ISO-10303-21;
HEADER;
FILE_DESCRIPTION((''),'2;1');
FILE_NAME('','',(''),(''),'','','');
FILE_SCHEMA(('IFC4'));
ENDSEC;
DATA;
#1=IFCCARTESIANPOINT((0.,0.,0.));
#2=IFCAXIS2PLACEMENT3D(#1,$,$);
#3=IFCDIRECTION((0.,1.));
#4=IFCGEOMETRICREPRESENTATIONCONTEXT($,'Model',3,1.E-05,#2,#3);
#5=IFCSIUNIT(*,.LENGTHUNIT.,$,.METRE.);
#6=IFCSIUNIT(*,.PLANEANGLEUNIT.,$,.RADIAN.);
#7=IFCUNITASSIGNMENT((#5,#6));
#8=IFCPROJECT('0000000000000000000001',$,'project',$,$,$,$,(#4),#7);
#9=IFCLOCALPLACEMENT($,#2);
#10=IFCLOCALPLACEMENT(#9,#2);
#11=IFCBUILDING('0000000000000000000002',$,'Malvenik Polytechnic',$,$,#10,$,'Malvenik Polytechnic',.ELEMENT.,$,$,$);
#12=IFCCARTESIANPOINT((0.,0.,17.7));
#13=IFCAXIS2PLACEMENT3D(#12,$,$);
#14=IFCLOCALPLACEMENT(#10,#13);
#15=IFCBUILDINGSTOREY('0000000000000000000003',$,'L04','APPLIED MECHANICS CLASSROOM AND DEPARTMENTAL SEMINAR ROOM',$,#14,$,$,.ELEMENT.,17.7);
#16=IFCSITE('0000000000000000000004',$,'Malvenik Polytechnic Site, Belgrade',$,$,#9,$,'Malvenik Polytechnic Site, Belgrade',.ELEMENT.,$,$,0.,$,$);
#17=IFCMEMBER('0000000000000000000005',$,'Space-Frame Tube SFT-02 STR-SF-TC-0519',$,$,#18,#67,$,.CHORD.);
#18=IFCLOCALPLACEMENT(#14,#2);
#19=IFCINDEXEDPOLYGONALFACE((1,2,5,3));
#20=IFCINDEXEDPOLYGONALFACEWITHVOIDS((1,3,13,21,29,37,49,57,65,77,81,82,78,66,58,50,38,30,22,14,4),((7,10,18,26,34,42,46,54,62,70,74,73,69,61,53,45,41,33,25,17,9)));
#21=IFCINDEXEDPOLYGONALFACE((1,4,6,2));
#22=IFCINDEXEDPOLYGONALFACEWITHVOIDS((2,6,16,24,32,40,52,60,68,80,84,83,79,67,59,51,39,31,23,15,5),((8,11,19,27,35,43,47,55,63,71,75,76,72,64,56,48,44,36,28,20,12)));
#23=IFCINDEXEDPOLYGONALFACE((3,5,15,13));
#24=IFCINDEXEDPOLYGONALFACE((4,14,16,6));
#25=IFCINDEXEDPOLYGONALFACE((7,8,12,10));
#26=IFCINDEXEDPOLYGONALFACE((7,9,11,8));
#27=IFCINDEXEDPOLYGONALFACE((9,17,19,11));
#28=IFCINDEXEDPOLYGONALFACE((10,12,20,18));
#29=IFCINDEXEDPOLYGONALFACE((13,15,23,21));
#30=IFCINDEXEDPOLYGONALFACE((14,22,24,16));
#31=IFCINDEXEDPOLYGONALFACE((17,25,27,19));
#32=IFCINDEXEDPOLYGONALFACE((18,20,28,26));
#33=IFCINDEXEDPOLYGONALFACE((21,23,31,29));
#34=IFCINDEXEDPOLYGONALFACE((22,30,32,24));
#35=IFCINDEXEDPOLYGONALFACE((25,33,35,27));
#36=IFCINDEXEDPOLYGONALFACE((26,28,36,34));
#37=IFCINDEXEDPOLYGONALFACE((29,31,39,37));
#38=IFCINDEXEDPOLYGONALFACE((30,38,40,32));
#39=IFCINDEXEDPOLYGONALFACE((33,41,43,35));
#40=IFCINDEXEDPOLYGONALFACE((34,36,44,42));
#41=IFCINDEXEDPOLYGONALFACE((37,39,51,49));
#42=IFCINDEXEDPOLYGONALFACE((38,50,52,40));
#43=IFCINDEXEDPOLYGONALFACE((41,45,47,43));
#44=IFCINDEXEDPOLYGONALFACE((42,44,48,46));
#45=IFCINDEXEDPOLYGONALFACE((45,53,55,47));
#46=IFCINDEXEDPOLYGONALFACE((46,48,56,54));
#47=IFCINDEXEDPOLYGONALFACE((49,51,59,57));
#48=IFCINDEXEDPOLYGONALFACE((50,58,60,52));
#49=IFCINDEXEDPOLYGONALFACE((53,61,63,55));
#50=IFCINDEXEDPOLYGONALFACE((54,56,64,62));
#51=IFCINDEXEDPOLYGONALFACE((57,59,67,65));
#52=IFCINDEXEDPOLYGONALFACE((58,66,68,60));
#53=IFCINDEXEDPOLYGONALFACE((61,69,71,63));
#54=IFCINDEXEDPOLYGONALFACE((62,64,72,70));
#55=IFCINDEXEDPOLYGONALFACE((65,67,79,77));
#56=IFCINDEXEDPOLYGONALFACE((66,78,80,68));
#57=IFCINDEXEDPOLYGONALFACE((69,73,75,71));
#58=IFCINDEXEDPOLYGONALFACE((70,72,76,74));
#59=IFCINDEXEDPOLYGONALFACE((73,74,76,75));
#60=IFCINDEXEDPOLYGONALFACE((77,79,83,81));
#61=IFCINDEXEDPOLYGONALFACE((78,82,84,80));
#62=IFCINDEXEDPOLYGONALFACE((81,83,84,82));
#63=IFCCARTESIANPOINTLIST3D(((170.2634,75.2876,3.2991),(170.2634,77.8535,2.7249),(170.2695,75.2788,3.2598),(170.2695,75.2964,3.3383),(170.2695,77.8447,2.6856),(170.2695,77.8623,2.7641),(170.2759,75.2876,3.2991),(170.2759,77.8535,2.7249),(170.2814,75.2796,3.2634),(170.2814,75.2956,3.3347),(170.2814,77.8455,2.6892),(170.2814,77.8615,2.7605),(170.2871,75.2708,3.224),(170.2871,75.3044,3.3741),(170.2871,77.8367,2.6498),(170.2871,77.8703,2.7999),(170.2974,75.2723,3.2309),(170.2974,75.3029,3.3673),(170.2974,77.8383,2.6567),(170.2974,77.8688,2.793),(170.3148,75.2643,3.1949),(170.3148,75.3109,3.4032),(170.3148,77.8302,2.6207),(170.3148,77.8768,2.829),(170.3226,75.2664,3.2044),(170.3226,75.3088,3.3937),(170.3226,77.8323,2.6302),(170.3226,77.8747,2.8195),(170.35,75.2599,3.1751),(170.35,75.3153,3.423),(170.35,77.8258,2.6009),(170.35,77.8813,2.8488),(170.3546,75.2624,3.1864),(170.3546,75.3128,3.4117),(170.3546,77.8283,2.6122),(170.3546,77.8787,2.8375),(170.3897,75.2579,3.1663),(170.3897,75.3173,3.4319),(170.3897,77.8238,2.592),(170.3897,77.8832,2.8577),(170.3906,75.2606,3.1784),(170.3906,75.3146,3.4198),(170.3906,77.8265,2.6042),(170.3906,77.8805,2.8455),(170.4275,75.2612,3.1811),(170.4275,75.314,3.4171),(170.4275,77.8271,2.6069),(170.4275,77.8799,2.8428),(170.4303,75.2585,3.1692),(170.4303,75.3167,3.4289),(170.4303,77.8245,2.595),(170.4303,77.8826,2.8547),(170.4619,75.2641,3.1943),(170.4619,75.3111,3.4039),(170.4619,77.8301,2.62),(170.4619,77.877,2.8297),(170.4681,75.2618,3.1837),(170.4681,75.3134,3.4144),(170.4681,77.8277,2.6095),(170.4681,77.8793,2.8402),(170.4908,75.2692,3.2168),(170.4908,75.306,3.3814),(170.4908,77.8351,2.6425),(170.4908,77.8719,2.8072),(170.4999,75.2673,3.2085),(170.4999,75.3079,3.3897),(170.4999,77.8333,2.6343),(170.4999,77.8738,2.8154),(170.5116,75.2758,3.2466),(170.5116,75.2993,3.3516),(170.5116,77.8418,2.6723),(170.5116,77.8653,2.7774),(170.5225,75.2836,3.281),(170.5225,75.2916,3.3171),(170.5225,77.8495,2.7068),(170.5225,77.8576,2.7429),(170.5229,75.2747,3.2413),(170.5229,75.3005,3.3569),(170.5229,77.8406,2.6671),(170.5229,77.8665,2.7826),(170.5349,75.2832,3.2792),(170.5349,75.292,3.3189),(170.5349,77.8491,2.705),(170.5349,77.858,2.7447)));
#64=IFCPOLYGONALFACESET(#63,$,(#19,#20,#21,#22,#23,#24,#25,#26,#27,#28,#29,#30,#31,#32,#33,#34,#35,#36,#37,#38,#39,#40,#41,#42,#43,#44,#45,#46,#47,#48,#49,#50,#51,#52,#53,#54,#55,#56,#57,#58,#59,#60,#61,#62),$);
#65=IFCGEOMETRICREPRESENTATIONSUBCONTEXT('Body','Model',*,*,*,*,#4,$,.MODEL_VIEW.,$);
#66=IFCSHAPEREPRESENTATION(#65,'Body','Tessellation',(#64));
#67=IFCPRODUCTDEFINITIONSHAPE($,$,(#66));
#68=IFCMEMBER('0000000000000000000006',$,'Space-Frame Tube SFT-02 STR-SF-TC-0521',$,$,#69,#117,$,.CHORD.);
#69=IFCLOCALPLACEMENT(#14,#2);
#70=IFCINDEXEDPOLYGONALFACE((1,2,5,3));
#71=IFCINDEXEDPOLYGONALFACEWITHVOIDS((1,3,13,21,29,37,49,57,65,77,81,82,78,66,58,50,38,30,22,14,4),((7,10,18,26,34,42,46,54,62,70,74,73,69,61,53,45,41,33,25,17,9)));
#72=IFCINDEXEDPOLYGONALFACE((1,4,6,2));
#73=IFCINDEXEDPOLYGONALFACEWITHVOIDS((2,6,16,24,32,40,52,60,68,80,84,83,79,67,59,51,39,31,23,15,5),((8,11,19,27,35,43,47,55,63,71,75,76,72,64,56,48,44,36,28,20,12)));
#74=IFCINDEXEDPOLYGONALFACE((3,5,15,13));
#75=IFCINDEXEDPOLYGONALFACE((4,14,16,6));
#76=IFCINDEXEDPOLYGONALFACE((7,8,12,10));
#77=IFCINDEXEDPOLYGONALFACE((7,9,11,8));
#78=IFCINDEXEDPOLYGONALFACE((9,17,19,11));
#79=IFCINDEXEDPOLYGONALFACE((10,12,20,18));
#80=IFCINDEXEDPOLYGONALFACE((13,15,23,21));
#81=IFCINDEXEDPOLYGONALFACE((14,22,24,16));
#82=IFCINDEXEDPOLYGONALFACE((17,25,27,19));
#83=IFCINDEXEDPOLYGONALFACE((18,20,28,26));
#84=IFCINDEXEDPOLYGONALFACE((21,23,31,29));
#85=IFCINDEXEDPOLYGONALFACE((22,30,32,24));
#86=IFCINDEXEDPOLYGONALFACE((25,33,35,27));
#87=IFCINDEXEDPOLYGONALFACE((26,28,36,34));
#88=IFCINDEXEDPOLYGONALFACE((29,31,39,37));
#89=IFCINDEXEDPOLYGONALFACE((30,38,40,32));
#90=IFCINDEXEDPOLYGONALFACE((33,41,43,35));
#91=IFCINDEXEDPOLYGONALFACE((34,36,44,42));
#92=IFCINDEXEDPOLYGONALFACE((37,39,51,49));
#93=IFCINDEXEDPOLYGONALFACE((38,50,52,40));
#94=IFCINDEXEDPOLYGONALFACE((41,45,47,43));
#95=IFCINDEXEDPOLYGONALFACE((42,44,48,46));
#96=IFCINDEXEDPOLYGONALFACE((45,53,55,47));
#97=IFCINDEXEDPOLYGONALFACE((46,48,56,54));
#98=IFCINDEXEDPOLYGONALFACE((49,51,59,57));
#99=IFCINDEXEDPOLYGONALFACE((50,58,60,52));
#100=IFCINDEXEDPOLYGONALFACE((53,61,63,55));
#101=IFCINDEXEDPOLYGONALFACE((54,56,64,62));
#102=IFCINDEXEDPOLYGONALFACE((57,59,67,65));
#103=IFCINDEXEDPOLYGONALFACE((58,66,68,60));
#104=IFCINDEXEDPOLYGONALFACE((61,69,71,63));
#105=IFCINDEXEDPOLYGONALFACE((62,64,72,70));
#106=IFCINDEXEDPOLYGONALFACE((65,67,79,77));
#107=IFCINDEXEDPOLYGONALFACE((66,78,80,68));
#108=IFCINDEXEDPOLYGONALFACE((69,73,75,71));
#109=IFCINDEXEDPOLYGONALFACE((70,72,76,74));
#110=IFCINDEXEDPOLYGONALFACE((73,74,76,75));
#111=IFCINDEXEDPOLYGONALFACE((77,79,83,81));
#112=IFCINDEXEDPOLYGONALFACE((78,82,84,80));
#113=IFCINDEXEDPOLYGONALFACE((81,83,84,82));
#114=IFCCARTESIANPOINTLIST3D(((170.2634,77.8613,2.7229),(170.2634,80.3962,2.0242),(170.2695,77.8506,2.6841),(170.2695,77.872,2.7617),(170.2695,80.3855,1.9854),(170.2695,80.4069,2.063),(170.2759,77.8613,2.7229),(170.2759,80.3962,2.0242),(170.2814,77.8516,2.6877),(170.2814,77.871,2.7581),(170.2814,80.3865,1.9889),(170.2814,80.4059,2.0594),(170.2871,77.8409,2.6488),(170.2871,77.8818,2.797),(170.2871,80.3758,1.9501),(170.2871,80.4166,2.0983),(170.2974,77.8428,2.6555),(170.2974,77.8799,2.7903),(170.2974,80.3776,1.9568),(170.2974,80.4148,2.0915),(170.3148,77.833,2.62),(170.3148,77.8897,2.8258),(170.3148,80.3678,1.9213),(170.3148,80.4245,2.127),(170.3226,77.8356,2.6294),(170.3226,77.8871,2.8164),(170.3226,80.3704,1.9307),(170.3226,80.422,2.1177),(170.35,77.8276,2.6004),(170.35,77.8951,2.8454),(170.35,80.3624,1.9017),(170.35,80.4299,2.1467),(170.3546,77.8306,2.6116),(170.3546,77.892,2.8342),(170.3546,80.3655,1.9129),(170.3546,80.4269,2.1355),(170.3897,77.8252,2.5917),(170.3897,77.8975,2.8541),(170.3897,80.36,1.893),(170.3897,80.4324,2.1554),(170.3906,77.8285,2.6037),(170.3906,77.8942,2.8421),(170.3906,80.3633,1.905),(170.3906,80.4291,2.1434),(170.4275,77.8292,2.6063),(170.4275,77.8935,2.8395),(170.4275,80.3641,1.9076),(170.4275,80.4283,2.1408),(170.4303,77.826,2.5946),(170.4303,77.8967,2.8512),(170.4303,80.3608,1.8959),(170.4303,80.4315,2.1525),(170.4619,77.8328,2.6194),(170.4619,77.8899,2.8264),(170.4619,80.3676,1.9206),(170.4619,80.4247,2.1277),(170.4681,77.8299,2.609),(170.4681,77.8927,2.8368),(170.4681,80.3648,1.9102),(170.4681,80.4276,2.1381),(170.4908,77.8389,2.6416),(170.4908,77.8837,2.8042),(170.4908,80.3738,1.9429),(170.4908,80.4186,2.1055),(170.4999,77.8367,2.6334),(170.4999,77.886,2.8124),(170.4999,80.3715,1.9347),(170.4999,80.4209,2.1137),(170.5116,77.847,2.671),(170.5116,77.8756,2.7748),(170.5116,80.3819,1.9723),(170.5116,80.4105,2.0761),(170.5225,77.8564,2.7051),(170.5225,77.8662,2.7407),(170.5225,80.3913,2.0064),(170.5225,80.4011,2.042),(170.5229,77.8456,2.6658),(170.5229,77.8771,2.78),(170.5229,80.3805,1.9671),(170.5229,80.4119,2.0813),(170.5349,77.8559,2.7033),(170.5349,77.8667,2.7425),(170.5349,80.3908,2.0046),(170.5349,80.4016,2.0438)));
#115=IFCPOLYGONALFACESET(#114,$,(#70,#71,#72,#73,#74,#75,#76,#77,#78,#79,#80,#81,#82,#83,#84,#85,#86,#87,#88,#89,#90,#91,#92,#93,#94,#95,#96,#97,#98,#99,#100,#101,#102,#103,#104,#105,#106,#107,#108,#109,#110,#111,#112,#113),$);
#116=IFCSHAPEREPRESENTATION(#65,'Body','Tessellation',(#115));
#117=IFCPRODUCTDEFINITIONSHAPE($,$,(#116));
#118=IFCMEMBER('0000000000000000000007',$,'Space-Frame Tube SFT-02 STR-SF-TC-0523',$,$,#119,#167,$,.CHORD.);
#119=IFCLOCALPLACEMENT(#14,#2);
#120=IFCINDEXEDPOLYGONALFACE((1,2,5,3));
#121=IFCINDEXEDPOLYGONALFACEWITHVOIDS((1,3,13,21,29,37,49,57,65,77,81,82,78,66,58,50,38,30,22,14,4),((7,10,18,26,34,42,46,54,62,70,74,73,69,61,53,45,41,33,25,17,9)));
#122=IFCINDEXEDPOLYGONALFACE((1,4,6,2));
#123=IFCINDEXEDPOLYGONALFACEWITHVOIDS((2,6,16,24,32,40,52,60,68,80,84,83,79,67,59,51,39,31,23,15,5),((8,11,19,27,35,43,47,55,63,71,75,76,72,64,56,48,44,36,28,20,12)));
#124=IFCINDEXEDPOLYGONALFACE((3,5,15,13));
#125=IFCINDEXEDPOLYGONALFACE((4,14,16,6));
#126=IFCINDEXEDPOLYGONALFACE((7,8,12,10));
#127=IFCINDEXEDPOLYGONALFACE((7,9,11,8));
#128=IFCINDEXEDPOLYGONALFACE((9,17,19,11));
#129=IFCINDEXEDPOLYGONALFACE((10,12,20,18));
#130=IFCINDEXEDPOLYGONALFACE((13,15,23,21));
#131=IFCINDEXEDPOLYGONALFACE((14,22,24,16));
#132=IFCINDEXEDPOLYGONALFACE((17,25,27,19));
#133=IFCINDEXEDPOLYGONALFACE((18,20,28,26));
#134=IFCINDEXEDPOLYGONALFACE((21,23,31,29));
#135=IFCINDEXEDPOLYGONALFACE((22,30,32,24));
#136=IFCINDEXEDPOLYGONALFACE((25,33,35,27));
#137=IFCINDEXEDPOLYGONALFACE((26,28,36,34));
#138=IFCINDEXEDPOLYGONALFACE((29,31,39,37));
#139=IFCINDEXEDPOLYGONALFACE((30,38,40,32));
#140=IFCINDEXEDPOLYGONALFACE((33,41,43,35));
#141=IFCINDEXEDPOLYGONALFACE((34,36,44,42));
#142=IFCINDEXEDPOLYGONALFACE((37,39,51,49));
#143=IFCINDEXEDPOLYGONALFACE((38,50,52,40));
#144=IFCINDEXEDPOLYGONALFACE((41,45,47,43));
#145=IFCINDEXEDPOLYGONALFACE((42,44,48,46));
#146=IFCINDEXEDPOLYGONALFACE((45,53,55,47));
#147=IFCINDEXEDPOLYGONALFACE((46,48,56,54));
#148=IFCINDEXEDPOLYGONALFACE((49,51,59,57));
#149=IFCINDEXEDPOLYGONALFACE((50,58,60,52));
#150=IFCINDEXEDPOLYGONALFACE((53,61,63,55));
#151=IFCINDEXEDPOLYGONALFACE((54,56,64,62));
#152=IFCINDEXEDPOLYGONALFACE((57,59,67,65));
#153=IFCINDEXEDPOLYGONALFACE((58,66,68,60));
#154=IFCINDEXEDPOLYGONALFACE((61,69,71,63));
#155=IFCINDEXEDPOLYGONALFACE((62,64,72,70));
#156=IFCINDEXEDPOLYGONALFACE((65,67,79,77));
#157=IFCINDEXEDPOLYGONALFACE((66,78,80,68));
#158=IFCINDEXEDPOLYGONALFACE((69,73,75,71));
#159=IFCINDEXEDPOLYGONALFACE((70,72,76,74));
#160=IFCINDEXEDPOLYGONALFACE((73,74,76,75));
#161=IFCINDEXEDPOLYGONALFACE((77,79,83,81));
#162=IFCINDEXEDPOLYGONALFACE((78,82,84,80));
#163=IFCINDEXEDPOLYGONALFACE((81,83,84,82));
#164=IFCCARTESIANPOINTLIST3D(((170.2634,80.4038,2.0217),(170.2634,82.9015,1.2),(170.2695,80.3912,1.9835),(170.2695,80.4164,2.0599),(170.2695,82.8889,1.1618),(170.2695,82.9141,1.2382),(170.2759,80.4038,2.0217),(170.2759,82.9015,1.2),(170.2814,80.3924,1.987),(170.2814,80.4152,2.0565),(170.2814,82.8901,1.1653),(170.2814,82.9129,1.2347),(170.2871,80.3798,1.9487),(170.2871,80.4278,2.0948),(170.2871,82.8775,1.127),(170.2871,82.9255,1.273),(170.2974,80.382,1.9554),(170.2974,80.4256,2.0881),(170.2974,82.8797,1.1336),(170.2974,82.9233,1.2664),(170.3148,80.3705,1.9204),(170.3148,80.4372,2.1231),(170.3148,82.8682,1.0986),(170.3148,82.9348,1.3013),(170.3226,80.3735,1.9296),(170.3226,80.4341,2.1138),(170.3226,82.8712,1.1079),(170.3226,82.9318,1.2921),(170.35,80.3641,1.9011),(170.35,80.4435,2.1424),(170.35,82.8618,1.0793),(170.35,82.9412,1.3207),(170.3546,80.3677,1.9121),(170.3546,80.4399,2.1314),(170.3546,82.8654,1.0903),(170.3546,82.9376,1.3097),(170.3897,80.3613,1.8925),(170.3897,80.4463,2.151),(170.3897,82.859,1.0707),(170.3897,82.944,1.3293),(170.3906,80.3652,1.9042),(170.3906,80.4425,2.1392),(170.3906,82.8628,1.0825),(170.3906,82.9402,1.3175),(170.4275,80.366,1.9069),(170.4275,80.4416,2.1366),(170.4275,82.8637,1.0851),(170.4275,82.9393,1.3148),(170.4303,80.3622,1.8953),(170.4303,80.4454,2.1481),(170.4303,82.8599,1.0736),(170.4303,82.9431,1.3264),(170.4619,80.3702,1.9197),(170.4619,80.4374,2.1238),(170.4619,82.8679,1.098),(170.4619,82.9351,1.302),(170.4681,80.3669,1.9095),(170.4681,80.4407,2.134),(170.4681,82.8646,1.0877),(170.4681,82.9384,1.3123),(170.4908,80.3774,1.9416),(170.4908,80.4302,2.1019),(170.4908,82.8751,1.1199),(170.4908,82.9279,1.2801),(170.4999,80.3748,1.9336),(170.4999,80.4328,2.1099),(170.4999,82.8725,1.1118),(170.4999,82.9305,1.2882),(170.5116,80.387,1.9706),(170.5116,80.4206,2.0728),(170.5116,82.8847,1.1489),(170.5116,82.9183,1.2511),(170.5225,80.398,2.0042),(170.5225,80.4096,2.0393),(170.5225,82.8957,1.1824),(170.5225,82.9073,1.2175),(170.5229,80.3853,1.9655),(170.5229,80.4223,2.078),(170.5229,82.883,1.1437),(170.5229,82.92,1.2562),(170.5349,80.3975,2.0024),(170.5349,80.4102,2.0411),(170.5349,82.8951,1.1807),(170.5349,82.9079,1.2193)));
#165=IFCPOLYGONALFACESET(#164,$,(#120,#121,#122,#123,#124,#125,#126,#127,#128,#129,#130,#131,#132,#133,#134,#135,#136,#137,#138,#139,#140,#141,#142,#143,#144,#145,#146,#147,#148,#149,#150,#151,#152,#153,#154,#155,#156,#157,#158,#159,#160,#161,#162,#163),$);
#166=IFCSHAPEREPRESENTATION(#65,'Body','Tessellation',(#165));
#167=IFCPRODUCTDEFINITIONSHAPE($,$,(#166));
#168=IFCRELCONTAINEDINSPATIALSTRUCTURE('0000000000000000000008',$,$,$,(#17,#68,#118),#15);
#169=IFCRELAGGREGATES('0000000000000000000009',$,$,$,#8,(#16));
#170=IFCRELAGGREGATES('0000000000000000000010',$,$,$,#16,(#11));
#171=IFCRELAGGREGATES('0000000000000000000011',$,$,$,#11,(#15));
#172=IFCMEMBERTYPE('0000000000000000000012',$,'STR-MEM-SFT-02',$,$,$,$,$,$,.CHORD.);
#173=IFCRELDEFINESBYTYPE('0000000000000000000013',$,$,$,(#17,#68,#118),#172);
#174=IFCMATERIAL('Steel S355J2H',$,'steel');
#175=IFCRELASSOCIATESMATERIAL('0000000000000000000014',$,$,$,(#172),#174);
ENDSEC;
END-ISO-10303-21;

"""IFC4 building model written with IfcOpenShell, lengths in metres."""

from ifc_helpers import new_model, si_unit, direction, frame, origin, origin_2d, place, context, subcontext, project, spatial, hollow_circle, extrude, material, material_profile, profile_set, type_object, element, save


model = new_model("IFC4")

# Units and contexts
model_context = context("Model", 3, precision=1e-05, world=origin(), true_north=direction((0.0, 1.0)))
body_context = subcontext(model_context, "Body", "Model", "MODEL_VIEW")
ifc_project = project(units=[si_unit("LENGTHUNIT", "METRE"), si_unit("PLANEANGLEUNIT", "RADIAN")], contexts=[model_context])

# Site, building, storey
site_placement = place(None, origin())
site = spatial("IfcSite", under=ifc_project, at=site_placement, Name="Malvenik Polytechnic Site, Belgrade", LongName="Malvenik Polytechnic Site, Belgrade", CompositionType="ELEMENT", RefElevation=0.0)
building_placement = place(site_placement, origin())
building = spatial("IfcBuilding", under=site, at=building_placement, Name="Malvenik Polytechnic", LongName="Malvenik Polytechnic", CompositionType="ELEMENT")
storey_placement = place(building_placement, frame((0.0, 0.0, 17.7)))
storey = spatial("IfcBuildingStorey", under=building, at=storey_placement, Name="L04", Description="APPLIED MECHANICS CLASSROOM AND DEPARTMENTAL SEMINAR ROOM", CompositionType="ELEMENT", Elevation=17.7)

# Members
ifc_material = material(Name="Steel S355J2H", Category="steel")
ifc_material_profile_1 = material_profile(ifc_material, hollow_circle(Radius=0.1365, WallThickness=0.0125, at=origin_2d()), Name="CHS 273.0x12.5")
ifc_profile_set_1 = profile_set([ifc_material_profile_1], Name="Steel S355J2H")
member_type_1 = type_object("IfcMemberType", Name="STR-MEM-SFT-02", PredefinedType="CHORD", material=ifc_profile_set_1)
for number, where, z_axis, x_axis, name in (
    (1, (170.3999, 75.2876, 3.2991), (0.0, 0.975863, -0.218385), (-1.0, 0.0, 0.0), "Space-Frame Tube SFT-02 STR-SF-TC-0519"),
    (2, (170.3999, 77.8613, 2.7229), (0.0, 0.964047, -0.265733), (-1.0, 0.0, 0.0), "Space-Frame Tube SFT-02 STR-SF-TC-0521"),
    (3, (170.3999, 80.4038, 2.0217), (0.0, 0.949911, -0.312521), (-1.0, 0.0, 0.0), "Space-Frame Tube SFT-02 STR-SF-TC-0523"),
):
    element("IfcMember", number, at=place(storey_placement, frame(where, z_axis=z_axis, x_axis=x_axis)), inside=storey, type_object=member_type_1, Name=name, PredefinedType="CHORD", context=body_context, shape_type="SweptSolid", body=[
        extrude(hollow_circle(Radius=0.1365, WallThickness=0.0125, at=origin_2d()), origin(), (0.0, 0.0, 1.0), 2.6294),
    ])

save(model, "model.ifc")
